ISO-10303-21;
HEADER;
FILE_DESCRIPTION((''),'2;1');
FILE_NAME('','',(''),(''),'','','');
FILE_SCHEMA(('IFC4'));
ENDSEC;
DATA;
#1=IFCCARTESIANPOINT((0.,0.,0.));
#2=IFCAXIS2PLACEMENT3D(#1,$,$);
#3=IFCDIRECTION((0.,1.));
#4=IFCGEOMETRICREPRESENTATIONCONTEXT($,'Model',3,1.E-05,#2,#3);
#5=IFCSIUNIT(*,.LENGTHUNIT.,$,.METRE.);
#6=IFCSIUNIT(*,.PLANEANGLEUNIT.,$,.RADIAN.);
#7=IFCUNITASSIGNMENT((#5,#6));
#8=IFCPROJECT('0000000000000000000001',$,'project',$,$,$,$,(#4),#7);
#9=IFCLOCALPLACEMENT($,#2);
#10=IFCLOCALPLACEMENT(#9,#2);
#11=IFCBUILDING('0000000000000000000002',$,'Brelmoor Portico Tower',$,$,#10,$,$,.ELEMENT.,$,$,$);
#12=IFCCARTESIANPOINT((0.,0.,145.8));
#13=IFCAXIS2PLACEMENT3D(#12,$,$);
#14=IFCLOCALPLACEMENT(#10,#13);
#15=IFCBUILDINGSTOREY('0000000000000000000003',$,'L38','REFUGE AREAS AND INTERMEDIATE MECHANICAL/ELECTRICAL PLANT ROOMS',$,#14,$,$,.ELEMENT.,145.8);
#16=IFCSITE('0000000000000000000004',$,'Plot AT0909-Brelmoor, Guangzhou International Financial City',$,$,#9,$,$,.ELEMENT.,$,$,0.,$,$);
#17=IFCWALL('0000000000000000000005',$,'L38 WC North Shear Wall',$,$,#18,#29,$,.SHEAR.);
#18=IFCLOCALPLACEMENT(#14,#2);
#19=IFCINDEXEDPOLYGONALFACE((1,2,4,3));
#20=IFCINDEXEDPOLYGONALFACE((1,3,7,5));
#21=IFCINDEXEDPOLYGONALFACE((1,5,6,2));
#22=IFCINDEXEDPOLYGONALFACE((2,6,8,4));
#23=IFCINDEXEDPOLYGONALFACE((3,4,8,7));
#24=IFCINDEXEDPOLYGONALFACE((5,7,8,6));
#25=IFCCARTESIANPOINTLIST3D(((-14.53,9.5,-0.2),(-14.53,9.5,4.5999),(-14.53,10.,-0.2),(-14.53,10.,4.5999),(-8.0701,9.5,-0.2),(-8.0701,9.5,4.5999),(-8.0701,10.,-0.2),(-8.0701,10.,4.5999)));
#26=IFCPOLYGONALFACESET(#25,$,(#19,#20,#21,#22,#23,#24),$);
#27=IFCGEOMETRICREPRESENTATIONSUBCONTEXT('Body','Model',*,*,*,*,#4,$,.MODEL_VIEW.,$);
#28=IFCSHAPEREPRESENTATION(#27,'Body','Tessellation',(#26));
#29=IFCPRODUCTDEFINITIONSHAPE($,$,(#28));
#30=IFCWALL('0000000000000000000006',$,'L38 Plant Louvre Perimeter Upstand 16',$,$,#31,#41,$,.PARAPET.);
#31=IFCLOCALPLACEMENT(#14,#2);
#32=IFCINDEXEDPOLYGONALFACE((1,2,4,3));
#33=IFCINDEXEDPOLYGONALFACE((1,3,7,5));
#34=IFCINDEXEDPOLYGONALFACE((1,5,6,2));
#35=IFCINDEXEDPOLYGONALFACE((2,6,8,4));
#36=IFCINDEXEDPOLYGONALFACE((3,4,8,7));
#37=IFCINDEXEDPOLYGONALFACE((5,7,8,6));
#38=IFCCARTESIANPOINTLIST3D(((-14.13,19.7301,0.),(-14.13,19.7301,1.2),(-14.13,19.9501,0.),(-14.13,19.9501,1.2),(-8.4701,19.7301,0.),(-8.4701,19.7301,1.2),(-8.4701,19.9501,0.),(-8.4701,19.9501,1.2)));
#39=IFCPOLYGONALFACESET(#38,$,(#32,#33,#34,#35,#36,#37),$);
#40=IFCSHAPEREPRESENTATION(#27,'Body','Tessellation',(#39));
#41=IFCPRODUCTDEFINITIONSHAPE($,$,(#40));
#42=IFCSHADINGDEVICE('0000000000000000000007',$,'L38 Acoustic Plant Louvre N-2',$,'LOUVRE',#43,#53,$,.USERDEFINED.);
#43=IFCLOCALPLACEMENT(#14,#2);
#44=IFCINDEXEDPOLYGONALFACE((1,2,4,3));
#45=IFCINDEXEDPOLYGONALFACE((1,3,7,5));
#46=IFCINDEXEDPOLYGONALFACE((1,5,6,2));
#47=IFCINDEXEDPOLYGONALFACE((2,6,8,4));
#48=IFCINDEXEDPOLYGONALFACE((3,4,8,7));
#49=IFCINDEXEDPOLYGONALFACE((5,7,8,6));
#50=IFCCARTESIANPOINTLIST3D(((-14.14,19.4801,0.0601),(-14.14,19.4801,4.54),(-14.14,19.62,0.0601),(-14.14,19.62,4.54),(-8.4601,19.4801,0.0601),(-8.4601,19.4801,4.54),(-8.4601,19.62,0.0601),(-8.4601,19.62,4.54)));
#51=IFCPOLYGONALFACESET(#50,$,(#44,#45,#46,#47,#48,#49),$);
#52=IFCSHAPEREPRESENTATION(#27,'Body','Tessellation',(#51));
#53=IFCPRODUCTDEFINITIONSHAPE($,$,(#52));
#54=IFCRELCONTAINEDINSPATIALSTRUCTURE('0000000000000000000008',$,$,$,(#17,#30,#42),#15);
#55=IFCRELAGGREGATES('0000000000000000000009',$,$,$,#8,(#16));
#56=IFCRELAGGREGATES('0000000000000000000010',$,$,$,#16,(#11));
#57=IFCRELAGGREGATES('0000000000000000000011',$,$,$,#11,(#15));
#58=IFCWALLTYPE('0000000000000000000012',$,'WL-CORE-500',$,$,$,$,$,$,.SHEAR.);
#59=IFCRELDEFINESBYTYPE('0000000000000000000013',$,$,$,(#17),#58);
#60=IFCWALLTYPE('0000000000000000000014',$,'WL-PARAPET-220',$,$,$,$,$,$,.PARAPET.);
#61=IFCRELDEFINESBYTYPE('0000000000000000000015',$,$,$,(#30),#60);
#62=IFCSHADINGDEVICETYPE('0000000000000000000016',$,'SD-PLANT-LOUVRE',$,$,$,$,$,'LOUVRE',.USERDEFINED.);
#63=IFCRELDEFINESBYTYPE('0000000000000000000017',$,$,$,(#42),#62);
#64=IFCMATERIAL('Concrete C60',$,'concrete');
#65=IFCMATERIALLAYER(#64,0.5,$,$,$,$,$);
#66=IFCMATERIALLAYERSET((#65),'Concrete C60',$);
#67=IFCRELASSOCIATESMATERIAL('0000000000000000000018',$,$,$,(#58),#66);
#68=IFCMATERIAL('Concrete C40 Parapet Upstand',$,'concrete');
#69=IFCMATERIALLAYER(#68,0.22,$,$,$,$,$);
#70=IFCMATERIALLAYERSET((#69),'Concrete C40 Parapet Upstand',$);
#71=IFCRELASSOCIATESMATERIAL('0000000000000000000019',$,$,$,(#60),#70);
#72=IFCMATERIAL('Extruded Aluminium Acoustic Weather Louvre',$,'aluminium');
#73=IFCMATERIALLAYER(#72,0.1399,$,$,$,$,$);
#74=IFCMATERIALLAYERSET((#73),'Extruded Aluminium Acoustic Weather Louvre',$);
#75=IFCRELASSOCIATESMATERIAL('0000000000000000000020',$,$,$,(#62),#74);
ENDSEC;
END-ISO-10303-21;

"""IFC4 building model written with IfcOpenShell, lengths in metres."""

from ifc_helpers import new_model, si_unit, direction, frame, frame_2d, origin, origin_2d, place, context, subcontext, project, spatial, rectangle, extrude, material, layer, layer_set, type_object, element, save


model = new_model("IFC4")

# Units and contexts
model_context = context("Model", 3, precision=1e-05, world=origin(), true_north=direction((0.0, 1.0)))
body_context = subcontext(model_context, "Body", "Model", "MODEL_VIEW")
ifc_project = project(units=[si_unit("LENGTHUNIT", "METRE"), si_unit("PLANEANGLEUNIT", "RADIAN")], contexts=[model_context])

# Site, building, storey
site_placement = place(None, origin())
site = spatial("IfcSite", under=ifc_project, at=site_placement, Name="Plot AT0909-Brelmoor, Guangzhou International Financial City", CompositionType="ELEMENT", RefElevation=0.0)
building_placement = place(site_placement, origin())
building = spatial("IfcBuilding", under=site, at=building_placement, Name="Brelmoor Portico Tower", CompositionType="ELEMENT")
storey_placement = place(building_placement, frame((0.0, 0.0, 145.8)))
storey = spatial("IfcBuildingStorey", under=building, at=storey_placement, Name="L38", Description="REFUGE AREAS AND INTERMEDIATE MECHANICAL/ELECTRICAL PLANT ROOMS", CompositionType="ELEMENT", Elevation=145.8)

# Walls
ifc_material_1 = material(Name="Concrete C60", Category="concrete")
ifc_layer_1 = layer(ifc_material_1, 0.5)
ifc_layer_set_1 = layer_set([ifc_layer_1], Name="Concrete C60")
wall_type_1 = type_object("IfcWallType", Name="WL-CORE-500", PredefinedType="SHEAR", material=ifc_layer_set_1)
wall_1_placement = place(storey_placement, frame((-14.53, 9.75, -0.2), z_axis=(0.0, 0.0, 1.0), x_axis=(1.0, 0.0, 0.0)))
element("IfcWall", 1, at=wall_1_placement, inside=storey, type_object=wall_type_1, Name="L38 WC North Shear Wall", PredefinedType="SHEAR", context=body_context, shape_type="SweptSolid", body=[
    extrude(rectangle(XDim=6.46, YDim=0.5, at=frame_2d((3.23, 0.0))), origin(), (0.0, 0.0, 1.0), 4.7998),
])
ifc_material_2 = material(Name="Concrete C40 Parapet Upstand", Category="concrete")
ifc_layer_2 = layer(ifc_material_2, 0.22)
ifc_layer_set_2 = layer_set([ifc_layer_2], Name="Concrete C40 Parapet Upstand")
wall_type_2 = type_object("IfcWallType", Name="WL-PARAPET-220", PredefinedType="PARAPET", material=ifc_layer_set_2)
wall_2_placement = place(storey_placement, frame((-8.47, 19.8401, 0.0), z_axis=(0.0, 0.0, 1.0), x_axis=(-1.0, 0.0, 0.0)))
element("IfcWall", 2, at=wall_2_placement, inside=storey, type_object=wall_type_2, Name="L38 Plant Louvre Perimeter Upstand 16", PredefinedType="PARAPET", context=body_context, shape_type="SweptSolid", body=[
    extrude(rectangle(XDim=5.6599, YDim=0.22, at=frame_2d((2.8301, 0.0))), origin(), (0.0, 0.0, 1.0), 1.2),
])

# Shading device
ifc_material_3 = material(Name="Extruded Aluminium Acoustic Weather Louvre", Category="aluminium")
ifc_layer_3 = layer(ifc_material_3, 0.1399)
ifc_layer_set_3 = layer_set([ifc_layer_3], Name="Extruded Aluminium Acoustic Weather Louvre")
shading_device_type = type_object("IfcShadingDeviceType", Name="SD-PLANT-LOUVRE", ElementType="LOUVRE", PredefinedType="USERDEFINED", material=ifc_layer_set_3)
shading_device_placement = place(storey_placement, frame((-11.3, 19.55, 0.0601), z_axis=(0.0, 0.0, 1.0), x_axis=(1.0, 0.0, 0.0)))
element("IfcShadingDevice", 3, at=shading_device_placement, inside=storey, type_object=shading_device_type, Name="L38 Acoustic Plant Louvre N-2", ObjectType="LOUVRE", PredefinedType="USERDEFINED", context=body_context, shape_type="SweptSolid", body=[
    extrude(rectangle(XDim=5.6799, YDim=0.1399, at=origin_2d()), origin(), (0.0, 0.0, 1.0), 4.48),
])

save(model, "model.ifc")
